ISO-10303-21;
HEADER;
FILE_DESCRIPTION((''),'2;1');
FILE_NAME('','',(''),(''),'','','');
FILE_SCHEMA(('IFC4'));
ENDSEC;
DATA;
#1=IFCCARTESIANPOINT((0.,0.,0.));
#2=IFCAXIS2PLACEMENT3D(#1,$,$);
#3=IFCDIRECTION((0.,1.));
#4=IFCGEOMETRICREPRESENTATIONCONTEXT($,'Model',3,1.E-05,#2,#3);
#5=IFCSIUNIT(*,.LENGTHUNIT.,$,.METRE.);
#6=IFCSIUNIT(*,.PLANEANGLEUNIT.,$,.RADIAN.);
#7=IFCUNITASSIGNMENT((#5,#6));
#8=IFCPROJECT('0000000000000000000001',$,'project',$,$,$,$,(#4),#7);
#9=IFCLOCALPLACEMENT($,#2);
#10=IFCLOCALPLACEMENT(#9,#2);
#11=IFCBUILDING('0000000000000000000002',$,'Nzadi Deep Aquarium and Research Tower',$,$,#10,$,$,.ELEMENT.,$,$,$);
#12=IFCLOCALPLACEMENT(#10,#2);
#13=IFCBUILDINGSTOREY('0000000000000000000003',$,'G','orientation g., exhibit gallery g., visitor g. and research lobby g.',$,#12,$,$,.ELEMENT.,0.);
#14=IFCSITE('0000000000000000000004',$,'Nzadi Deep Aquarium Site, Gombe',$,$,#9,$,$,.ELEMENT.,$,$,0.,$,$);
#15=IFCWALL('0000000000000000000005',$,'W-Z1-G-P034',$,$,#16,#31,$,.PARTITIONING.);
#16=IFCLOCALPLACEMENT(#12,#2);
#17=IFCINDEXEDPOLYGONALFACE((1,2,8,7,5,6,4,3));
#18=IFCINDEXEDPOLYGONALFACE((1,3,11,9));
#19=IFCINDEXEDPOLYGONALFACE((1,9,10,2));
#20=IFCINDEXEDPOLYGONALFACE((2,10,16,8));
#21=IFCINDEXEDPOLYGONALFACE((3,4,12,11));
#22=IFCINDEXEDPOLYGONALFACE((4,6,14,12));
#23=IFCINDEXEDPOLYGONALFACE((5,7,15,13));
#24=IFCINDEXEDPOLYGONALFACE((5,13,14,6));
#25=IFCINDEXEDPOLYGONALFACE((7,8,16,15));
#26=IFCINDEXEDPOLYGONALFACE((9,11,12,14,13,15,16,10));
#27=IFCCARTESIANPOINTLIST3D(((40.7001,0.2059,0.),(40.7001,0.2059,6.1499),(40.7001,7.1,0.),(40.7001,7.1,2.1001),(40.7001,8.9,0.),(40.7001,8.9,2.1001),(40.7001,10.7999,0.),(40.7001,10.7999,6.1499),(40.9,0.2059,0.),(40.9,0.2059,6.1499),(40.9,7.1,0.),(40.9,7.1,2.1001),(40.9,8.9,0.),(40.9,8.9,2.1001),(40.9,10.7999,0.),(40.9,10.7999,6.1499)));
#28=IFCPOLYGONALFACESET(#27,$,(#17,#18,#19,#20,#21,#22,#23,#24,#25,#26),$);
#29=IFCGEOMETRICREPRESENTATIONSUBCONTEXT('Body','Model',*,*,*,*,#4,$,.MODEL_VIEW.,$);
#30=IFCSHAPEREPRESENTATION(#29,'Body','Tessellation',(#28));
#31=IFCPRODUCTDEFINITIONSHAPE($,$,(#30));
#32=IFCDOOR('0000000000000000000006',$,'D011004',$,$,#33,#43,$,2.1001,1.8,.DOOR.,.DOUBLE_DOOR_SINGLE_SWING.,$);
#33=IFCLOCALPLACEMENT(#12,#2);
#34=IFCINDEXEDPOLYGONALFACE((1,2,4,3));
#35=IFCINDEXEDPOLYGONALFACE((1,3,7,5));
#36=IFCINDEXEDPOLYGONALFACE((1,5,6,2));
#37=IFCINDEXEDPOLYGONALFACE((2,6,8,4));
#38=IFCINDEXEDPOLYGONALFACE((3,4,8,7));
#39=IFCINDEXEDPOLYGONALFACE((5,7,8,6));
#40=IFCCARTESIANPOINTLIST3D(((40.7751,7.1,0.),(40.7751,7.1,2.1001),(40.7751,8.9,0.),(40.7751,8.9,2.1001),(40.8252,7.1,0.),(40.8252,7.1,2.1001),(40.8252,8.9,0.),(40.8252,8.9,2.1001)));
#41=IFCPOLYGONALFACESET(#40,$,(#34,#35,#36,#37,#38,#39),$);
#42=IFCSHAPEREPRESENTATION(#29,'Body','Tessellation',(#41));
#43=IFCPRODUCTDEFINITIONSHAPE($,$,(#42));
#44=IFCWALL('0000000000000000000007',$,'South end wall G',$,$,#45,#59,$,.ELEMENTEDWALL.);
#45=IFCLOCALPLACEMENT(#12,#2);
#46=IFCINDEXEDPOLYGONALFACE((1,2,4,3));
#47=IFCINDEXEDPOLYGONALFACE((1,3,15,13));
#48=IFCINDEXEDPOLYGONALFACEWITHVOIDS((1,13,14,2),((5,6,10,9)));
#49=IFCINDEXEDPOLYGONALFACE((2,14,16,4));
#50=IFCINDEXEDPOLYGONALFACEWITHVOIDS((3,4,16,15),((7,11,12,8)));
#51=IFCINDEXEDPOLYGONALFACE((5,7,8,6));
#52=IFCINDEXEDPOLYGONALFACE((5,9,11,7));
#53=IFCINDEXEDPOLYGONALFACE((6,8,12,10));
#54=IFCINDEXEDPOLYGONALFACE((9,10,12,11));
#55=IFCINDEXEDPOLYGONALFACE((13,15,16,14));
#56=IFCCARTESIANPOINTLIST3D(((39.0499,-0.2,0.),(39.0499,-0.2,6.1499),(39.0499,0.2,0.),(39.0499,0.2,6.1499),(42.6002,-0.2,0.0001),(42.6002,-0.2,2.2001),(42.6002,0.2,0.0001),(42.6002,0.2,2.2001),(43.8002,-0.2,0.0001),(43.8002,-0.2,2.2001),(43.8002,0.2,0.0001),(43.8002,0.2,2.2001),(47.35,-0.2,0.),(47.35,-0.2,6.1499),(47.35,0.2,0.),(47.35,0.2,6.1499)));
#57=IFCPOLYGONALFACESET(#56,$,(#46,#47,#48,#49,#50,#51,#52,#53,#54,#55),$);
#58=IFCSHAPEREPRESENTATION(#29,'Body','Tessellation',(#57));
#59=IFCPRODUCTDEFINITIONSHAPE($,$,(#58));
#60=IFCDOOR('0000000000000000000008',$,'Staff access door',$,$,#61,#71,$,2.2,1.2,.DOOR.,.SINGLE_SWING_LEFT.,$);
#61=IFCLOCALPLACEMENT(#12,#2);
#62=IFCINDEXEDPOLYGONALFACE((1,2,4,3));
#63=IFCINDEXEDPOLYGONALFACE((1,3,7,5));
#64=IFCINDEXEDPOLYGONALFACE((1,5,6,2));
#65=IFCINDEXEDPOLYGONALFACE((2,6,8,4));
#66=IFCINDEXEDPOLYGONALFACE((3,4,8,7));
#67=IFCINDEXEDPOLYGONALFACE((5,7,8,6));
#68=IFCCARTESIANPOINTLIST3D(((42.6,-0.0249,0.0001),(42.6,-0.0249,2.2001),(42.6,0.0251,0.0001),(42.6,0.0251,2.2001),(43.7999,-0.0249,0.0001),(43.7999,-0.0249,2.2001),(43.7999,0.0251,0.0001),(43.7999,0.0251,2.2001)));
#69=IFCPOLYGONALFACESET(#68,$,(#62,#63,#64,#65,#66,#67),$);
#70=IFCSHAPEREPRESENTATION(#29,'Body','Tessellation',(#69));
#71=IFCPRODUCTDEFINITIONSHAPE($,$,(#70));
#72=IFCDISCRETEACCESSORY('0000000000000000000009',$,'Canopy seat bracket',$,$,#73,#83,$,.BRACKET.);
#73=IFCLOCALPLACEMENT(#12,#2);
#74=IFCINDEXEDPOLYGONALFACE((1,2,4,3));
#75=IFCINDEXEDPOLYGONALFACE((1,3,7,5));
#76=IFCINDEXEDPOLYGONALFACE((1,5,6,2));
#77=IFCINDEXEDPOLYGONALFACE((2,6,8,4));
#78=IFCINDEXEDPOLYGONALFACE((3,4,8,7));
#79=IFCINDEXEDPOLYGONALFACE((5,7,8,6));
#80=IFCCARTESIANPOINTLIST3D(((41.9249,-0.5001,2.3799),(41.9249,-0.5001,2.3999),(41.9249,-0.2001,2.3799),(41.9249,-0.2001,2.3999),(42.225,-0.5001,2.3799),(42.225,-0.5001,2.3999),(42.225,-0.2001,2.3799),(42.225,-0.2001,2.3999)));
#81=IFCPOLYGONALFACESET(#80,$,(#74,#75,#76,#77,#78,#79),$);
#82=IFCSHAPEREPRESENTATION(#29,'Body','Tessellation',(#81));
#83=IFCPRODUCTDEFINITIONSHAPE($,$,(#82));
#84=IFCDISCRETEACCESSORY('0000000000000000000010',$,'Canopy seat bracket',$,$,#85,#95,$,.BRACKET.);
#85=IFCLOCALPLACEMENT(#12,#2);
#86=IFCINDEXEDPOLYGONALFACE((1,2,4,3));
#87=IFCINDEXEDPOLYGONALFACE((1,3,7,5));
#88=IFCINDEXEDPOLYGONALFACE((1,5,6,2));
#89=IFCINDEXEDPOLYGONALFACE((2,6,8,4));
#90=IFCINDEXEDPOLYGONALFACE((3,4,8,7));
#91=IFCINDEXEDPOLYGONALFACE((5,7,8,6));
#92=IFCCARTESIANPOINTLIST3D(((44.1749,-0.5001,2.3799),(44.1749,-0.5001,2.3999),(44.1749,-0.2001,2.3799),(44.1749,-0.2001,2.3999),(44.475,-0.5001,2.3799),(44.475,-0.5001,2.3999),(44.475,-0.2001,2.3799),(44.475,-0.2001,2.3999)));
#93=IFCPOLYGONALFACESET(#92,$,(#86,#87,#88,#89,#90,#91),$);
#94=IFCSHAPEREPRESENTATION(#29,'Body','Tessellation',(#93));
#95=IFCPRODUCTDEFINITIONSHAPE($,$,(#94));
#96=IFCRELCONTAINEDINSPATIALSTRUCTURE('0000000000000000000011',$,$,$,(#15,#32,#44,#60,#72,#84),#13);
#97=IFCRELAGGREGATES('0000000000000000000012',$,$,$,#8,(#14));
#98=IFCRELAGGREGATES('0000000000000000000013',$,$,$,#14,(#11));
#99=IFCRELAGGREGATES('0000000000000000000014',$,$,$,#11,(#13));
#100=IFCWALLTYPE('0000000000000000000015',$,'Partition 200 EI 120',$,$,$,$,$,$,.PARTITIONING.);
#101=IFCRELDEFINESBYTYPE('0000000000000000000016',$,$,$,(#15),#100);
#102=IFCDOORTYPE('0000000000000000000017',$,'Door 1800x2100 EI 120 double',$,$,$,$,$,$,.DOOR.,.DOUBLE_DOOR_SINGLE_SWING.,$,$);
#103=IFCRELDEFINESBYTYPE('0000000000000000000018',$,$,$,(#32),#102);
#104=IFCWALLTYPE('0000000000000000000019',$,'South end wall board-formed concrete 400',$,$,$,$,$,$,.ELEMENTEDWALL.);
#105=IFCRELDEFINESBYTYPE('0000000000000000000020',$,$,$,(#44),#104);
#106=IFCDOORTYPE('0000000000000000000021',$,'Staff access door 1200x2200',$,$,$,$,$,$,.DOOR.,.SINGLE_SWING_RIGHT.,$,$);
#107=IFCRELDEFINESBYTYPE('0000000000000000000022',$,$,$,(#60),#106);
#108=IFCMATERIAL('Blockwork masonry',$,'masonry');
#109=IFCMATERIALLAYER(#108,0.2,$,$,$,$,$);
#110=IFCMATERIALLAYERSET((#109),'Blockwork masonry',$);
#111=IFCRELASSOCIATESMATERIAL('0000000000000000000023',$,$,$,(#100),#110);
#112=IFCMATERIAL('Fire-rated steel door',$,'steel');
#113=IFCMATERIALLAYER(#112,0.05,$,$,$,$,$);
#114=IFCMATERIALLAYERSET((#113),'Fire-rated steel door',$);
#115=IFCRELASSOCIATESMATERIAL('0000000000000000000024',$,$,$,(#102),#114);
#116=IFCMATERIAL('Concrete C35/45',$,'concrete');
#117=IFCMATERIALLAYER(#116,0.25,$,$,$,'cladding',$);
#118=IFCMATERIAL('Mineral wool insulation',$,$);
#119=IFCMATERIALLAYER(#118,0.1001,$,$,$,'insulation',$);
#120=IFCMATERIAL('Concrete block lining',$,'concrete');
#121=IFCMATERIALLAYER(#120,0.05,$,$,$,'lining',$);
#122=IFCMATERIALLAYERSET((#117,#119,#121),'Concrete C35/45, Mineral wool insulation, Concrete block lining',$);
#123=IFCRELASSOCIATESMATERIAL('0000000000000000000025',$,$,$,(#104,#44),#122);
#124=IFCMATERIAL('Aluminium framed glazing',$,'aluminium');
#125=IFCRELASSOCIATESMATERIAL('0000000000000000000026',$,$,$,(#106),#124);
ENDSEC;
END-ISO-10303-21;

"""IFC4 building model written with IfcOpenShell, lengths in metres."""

from ifc_helpers import new_model, si_unit, direction, frame, frame_2d, origin, origin_2d, place, context, subcontext, project, spatial, rectangle, extrude, material, layer, layer_set, layer_usage, type_object, element, fill, save


model = new_model("IFC4")

# Units and contexts
model_context = context("Model", 3, precision=1e-05, world=origin(), true_north=direction((0.0, 1.0)))
body_context = subcontext(model_context, "Body", "Model", "MODEL_VIEW")
ifc_project = project(units=[si_unit("LENGTHUNIT", "METRE"), si_unit("PLANEANGLEUNIT", "RADIAN")], contexts=[model_context])

# Site, building, storey
site_placement = place(None, origin())
site = spatial("IfcSite", under=ifc_project, at=site_placement, Name="Nzadi Deep Aquarium Site, Gombe", CompositionType="ELEMENT", RefElevation=0.0)
building_placement = place(site_placement, origin())
building = spatial("IfcBuilding", under=site, at=building_placement, Name="Nzadi Deep Aquarium and Research Tower", CompositionType="ELEMENT")
storey_placement = place(building_placement, origin())
storey = spatial("IfcBuildingStorey", under=building, at=storey_placement, Name="G", Description="orientation g., exhibit gallery g., visitor g. and research lobby g.", CompositionType="ELEMENT", Elevation=0.0)

# Walls, openings, doors
ifc_material_1 = material(Name="Blockwork masonry", Category="masonry")
ifc_layer_1 = layer(ifc_material_1, 0.2)
ifc_layer_set_1 = layer_set([ifc_layer_1], Name="Blockwork masonry")
wall_type_1 = type_object("IfcWallType", Name="Partition 200 EI 120", PredefinedType="PARTITIONING", material=ifc_layer_set_1)
wall_1_placement = place(storey_placement, frame((40.8, 0.2061, 0.0), z_axis=(0.0, 0.0, 1.0), x_axis=(0.0, 1.0, 0.0)))
wall_1 = element("IfcWall", 1, at=wall_1_placement, inside=storey, type_object=wall_type_1, Name="W-Z1-G-P034", PredefinedType="PARTITIONING", context=body_context, shape_type="SweptSolid", body=[
    extrude(rectangle(XDim=10.594, YDim=0.2, at=frame_2d((5.2969, 0.0))), origin(), (0.0, 0.0, 1.0), 6.1499),
])
opening_1_placement = place(wall_1_placement, frame((6.894, 0.0, 0.0)))
opening_1 = element("IfcOpeningElement", 2, at=opening_1_placement, cuts=wall_1, PredefinedType="OPENING", context=body_context, shape_type="SweptSolid", body=[
    extrude(rectangle(XDim=1.8, YDim=2.1001, at=frame_2d((0.8999, 1.05))), frame((0.0, 0.1101, 0.0), z_axis=(0.0, -1.0, 0.0), x_axis=(1.0, 0.0, 0.0)), (0.0, 0.0, 1.0), 0.2202),
])
ifc_material_2 = material(Name="Fire-rated steel door", Category="steel")
ifc_layer_2 = layer(ifc_material_2, 0.05)
ifc_layer_set_2 = layer_set([ifc_layer_2], Name="Fire-rated steel door")
door_type_1 = type_object("IfcDoorType", Name="Door 1800x2100 EI 120 double", OperationType="DOUBLE_DOOR_SINGLE_SWING", PredefinedType="DOOR", material=ifc_layer_set_2)
door_1_placement = place(opening_1_placement, origin())
door_1 = element("IfcDoor", 3, at=door_1_placement, inside=storey, type_object=door_type_1, Name="D011004", OperationType="DOUBLE_DOOR_SINGLE_SWING", OverallHeight=2.1001, OverallWidth=1.8, PredefinedType="DOOR", context=body_context, shape_type="SweptSolid", body=[
    extrude(rectangle(XDim=1.8, YDim=2.1001, at=frame_2d((0.8999, 1.05))), frame((0.0, 0.0249, 0.0), z_axis=(0.0, -1.0, 0.0), x_axis=(1.0, 0.0, 0.0)), (0.0, 0.0, 1.0), 0.05),
])
fill(opening_1, door_1)
ifc_material_3 = material(Name="Concrete C35/45", Category="concrete")
ifc_layer_3 = layer(ifc_material_3, 0.25, Category="cladding")
ifc_material_4 = material(Name="Mineral wool insulation")
ifc_layer_4 = layer(ifc_material_4, 0.1001, Category="insulation")
ifc_material_5 = material(Name="Concrete block lining", Category="concrete")
ifc_layer_5 = layer(ifc_material_5, 0.05, Category="lining")
ifc_layer_set_3 = layer_set([ifc_layer_3, ifc_layer_4, ifc_layer_5], Name="Concrete C35/45, Mineral wool insulation, Concrete block lining")
ifc_layer_usage = layer_usage(ifc_layer_set_3, "AXIS2", "POSITIVE", -0.2)
wall_type_2 = type_object("IfcWallType", Name="South end wall board-formed concrete 400", PredefinedType="ELEMENTEDWALL", material=ifc_layer_set_3)
wall_2_placement = place(storey_placement, frame((39.05, 0.0, 0.0), z_axis=(0.0, 0.0, 1.0), x_axis=(1.0, 0.0, 0.0)))
wall_2 = element("IfcWall", 4, at=wall_2_placement, inside=storey, type_object=wall_type_2, material=ifc_layer_usage, Name="South end wall G", PredefinedType="ELEMENTEDWALL", context=body_context, shape_type="SweptSolid", body=[
    extrude(rectangle(XDim=8.3, YDim=0.3999, at=frame_2d((4.1499, 0.0))), origin(), (0.0, 0.0, 1.0), 6.1499),
])
opening_2_placement = place(wall_2_placement, frame((3.55, 0.0, 0.0)))
opening_2 = element("IfcOpeningElement", 5, at=opening_2_placement, cuts=wall_2, PredefinedType="OPENING", context=body_context, shape_type="SweptSolid", body=[
    extrude(rectangle(XDim=1.2, YDim=2.2, at=frame_2d((0.6001, 1.1001))), frame((0.0, 0.21, 0.0), z_axis=(0.0, -1.0, 0.0), x_axis=(1.0, 0.0, 0.0)), (0.0, 0.0, 1.0), 0.4199),
])
ifc_material_6 = material(Name="Aluminium framed glazing", Category="aluminium")
door_type_2 = type_object("IfcDoorType", Name="Staff access door 1200x2200", OperationType="SINGLE_SWING_RIGHT", PredefinedType="DOOR", material=ifc_material_6)
door_2_placement = place(opening_2_placement, frame((1.2, 0.0, 0.0), z_axis=(0.0, 0.0, 1.0), x_axis=(-1.0, 0.0, 0.0)))
door_2 = element("IfcDoor", 6, at=door_2_placement, inside=storey, type_object=door_type_2, Name="Staff access door", OperationType="SINGLE_SWING_LEFT", OverallHeight=2.2, OverallWidth=1.2, PredefinedType="DOOR", context=body_context, shape_type="SweptSolid", body=[
    extrude(rectangle(XDim=1.2, YDim=2.2, at=frame_2d((0.6001, 1.1001))), frame((0.0, 0.0249, 0.0), z_axis=(0.0, -1.0, 0.0), x_axis=(1.0, 0.0, 0.0)), (0.0, 0.0, 1.0), 0.05),
])
fill(opening_2, door_2)

# Discrete accessories
for number, where, z_axis, x_axis, name in (
    (7, (42.075, -0.3501, 2.3799), (0.0, 0.0, 1.0), (1.0, 0.0, 0.0), "Canopy seat bracket"),
    (8, (44.325, -0.3501, 2.3799), (0.0, 0.0, 1.0), (1.0, 0.0, 0.0), "Canopy seat bracket"),
):
    element("IfcDiscreteAccessory", number, at=place(storey_placement, frame(where, z_axis=z_axis, x_axis=x_axis)), inside=storey, Name=name, PredefinedType="BRACKET", context=body_context, shape_type="SweptSolid", body=[
        extrude(rectangle(XDim=0.3, YDim=0.3, at=origin_2d()), origin(), (0.0, 0.0, 1.0), 0.02),
    ])

save(model, "model.ifc")
